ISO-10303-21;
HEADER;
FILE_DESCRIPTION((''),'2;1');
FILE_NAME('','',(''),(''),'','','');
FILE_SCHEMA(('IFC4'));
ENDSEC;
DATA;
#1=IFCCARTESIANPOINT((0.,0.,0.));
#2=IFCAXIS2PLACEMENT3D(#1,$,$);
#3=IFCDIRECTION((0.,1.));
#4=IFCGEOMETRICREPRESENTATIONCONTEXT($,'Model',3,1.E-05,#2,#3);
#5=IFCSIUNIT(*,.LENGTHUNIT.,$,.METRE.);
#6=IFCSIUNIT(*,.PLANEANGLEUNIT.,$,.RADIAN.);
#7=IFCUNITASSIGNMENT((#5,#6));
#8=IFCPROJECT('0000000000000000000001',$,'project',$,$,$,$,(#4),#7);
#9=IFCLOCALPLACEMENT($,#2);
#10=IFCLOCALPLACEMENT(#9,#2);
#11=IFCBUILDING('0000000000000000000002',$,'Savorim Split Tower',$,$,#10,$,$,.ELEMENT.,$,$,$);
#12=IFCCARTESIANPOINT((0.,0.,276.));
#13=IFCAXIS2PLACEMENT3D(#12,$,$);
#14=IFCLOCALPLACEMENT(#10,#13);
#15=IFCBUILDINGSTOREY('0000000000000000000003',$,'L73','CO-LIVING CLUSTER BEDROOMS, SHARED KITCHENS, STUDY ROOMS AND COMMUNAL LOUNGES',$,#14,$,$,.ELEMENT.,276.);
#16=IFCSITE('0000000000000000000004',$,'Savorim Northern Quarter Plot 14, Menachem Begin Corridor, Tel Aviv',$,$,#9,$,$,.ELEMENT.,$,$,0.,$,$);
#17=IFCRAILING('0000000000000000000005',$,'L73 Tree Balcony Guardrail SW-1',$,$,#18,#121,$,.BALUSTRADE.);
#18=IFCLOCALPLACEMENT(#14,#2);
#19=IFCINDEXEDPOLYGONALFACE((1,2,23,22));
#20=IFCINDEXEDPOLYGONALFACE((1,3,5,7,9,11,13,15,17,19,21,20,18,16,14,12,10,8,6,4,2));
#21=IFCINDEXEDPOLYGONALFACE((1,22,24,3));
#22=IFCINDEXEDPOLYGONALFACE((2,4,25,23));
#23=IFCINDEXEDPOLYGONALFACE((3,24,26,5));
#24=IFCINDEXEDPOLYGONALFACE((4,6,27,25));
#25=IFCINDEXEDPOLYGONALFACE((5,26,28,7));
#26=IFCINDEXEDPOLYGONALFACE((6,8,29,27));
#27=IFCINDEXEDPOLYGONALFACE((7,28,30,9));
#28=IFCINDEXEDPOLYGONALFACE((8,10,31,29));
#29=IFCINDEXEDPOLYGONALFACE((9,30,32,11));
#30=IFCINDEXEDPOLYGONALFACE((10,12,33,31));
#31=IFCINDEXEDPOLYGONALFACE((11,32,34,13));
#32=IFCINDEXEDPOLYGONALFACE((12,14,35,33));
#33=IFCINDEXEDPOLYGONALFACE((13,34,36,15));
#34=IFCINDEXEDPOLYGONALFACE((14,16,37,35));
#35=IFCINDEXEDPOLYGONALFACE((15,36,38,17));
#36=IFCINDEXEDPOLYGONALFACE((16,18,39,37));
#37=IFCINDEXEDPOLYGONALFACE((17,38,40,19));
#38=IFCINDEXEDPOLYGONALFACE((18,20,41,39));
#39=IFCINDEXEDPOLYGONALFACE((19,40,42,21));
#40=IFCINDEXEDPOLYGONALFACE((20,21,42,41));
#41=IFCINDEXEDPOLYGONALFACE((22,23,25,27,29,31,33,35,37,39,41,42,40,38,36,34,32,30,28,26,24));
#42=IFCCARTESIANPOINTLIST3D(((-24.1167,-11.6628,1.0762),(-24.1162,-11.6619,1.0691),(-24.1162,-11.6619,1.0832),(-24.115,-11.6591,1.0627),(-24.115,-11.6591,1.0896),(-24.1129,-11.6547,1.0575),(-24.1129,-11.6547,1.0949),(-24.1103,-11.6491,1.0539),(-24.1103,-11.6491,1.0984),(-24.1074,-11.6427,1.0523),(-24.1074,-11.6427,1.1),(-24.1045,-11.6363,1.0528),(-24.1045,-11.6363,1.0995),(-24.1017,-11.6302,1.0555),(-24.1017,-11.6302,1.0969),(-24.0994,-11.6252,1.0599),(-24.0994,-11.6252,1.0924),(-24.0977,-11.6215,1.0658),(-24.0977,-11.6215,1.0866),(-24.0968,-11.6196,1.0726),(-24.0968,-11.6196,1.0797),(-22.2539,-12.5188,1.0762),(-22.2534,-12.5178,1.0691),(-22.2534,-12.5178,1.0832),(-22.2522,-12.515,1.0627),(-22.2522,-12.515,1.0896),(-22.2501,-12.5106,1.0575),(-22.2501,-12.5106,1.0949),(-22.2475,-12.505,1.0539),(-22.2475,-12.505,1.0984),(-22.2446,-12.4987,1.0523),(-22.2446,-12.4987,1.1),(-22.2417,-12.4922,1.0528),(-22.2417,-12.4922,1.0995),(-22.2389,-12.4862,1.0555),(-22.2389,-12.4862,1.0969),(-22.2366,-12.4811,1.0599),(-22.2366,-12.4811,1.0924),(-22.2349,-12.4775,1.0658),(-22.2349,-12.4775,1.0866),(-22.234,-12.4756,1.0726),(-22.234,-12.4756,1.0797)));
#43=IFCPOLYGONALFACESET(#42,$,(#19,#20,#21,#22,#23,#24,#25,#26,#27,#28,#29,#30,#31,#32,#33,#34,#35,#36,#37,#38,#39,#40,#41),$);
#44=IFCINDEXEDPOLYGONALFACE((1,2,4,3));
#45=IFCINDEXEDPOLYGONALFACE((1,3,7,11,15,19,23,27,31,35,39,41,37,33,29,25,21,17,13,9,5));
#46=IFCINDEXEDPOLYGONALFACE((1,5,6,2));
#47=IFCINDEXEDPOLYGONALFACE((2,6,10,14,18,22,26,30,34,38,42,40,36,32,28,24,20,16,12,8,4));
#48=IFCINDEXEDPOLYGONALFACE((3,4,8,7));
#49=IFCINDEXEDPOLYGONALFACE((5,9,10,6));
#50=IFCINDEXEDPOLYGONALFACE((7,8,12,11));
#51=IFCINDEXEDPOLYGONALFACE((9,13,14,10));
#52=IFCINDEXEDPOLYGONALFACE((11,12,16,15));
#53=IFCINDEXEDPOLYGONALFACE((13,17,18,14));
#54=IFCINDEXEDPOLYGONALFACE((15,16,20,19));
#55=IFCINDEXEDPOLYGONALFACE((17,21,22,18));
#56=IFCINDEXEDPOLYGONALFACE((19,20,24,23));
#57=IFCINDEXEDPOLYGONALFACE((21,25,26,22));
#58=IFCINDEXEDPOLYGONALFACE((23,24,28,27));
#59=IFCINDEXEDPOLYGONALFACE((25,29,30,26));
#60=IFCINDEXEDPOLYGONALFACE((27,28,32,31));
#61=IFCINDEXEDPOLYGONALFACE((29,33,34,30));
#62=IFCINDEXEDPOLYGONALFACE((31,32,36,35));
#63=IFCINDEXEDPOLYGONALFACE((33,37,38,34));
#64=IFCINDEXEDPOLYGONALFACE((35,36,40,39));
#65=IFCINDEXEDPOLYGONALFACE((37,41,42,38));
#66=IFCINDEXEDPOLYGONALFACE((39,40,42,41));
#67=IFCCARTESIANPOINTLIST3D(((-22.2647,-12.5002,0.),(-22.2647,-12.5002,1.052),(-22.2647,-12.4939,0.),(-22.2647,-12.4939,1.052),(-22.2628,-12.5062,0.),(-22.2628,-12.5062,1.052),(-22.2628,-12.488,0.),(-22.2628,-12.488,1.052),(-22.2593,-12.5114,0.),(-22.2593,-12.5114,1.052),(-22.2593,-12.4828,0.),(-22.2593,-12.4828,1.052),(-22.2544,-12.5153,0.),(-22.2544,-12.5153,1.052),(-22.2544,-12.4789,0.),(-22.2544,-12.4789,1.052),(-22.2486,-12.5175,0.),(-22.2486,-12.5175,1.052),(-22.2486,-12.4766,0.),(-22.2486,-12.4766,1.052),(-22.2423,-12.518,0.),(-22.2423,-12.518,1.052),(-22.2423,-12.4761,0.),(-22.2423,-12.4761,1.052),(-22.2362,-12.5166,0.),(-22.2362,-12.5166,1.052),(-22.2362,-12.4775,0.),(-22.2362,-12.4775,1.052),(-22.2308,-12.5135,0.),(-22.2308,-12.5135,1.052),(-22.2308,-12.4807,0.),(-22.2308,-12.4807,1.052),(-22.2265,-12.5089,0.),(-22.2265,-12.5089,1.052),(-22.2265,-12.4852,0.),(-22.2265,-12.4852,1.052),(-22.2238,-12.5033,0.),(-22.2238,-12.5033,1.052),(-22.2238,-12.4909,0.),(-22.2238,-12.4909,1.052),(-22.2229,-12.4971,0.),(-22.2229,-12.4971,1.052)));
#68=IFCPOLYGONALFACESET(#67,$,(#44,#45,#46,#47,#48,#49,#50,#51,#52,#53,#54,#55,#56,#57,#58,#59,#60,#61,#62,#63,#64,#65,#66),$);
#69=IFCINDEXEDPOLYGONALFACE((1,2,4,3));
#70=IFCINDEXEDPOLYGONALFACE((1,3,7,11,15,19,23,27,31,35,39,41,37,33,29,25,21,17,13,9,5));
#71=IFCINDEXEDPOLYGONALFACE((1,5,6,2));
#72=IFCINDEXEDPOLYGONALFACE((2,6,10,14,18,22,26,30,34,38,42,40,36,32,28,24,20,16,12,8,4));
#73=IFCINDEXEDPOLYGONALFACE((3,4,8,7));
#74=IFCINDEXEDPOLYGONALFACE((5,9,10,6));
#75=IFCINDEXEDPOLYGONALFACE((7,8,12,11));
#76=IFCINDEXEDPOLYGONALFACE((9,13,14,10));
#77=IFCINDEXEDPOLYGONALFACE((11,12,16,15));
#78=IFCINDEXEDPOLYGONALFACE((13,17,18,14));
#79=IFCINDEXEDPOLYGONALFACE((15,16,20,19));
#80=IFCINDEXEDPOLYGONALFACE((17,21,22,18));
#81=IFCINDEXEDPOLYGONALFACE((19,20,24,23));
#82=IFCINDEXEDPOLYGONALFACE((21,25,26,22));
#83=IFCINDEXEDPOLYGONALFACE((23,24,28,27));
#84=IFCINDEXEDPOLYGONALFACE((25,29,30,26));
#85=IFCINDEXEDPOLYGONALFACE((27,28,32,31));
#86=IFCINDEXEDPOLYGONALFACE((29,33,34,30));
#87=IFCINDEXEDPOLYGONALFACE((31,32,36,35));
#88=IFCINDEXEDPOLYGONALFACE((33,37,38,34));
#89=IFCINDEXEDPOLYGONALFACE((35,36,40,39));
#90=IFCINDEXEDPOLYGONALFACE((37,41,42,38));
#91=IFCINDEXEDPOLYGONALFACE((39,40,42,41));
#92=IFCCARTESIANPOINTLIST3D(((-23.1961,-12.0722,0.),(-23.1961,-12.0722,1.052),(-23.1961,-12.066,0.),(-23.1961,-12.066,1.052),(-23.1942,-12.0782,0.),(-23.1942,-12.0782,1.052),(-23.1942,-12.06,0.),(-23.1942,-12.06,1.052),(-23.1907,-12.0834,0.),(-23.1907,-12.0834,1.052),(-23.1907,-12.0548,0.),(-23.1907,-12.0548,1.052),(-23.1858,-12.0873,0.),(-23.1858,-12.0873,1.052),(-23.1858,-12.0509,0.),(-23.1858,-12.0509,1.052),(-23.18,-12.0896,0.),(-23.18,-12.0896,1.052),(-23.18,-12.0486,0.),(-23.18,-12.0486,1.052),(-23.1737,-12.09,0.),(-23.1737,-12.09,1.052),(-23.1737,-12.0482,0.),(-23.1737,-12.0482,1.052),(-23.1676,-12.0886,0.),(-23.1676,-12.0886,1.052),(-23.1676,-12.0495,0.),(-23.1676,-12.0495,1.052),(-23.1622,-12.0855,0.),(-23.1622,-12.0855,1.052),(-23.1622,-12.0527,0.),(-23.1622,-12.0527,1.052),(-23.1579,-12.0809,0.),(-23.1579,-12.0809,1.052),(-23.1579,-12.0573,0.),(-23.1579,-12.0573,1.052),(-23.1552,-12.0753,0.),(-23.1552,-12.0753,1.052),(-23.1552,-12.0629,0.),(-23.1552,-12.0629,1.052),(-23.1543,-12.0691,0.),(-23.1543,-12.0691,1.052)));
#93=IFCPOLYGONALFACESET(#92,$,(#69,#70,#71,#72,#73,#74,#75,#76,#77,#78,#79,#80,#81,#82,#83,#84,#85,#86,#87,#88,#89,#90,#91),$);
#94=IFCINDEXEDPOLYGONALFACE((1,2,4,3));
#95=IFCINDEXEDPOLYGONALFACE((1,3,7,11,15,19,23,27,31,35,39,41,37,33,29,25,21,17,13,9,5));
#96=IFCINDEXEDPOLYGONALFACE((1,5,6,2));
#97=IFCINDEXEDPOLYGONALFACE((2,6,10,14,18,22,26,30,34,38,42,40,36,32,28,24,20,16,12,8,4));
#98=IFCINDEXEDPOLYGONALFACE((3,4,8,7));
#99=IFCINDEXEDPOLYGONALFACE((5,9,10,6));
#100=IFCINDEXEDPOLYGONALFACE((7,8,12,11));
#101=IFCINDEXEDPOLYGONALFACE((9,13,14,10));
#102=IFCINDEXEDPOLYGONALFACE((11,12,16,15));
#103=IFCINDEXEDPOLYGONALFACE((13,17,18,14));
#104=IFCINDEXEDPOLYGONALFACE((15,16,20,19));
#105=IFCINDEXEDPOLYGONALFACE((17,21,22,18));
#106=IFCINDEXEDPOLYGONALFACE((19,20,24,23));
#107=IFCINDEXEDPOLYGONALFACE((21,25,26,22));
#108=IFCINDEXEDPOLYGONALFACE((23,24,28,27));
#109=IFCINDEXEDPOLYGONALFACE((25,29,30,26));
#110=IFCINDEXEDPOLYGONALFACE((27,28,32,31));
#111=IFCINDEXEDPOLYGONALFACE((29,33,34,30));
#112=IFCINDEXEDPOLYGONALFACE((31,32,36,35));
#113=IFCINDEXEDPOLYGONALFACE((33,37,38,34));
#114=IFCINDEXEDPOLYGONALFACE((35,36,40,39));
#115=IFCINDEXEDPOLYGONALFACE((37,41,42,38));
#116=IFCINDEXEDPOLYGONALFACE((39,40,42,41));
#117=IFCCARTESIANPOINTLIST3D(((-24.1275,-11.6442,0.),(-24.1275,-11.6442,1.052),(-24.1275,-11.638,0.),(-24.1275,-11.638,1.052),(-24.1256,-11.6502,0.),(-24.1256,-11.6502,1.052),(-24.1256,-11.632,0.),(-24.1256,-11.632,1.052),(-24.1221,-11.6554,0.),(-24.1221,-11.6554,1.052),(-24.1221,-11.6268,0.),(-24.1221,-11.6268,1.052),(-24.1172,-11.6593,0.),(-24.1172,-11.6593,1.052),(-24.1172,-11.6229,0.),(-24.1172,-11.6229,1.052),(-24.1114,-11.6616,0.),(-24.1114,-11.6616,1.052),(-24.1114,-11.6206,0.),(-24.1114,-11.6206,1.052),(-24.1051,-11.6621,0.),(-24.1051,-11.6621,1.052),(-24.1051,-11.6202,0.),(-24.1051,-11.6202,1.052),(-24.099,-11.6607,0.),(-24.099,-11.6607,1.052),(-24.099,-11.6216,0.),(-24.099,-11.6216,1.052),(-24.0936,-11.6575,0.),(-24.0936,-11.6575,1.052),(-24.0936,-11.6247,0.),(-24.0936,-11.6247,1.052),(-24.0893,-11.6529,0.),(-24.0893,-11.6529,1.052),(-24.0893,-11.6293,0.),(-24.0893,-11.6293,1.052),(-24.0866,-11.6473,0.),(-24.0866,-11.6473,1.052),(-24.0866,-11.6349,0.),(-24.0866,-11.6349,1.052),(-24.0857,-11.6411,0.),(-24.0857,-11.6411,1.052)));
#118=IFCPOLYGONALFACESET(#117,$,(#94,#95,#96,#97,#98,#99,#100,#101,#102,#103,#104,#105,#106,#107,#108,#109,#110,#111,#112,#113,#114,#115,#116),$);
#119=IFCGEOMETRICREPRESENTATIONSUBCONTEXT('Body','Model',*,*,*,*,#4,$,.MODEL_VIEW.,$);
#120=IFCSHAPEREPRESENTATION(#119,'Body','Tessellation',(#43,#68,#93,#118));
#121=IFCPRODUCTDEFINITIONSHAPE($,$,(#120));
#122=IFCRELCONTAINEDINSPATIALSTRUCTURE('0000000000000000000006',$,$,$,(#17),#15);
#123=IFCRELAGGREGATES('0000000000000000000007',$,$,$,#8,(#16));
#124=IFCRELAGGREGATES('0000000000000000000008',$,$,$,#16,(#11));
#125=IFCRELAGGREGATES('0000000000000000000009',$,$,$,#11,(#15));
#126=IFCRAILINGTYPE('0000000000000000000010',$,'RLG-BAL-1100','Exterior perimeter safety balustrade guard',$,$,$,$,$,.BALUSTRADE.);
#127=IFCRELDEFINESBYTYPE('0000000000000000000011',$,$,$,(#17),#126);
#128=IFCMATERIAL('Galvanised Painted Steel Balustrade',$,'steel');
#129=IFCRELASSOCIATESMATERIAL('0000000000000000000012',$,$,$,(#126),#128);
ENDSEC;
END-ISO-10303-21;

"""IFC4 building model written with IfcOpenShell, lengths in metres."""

from ifc_helpers import new_model, si_unit, direction, frame, origin, origin_2d, place, context, subcontext, project, spatial, circle, extrude, material, type_object, element, save


model = new_model("IFC4")

# Units and contexts
model_context = context("Model", 3, precision=1e-05, world=origin(), true_north=direction((0.0, 1.0)))
body_context = subcontext(model_context, "Body", "Model", "MODEL_VIEW")
ifc_project = project(units=[si_unit("LENGTHUNIT", "METRE"), si_unit("PLANEANGLEUNIT", "RADIAN")], contexts=[model_context])

# Site, building, storey
site_placement = place(None, origin())
site = spatial("IfcSite", under=ifc_project, at=site_placement, Name="Savorim Northern Quarter Plot 14, Menachem Begin Corridor, Tel Aviv", CompositionType="ELEMENT", RefElevation=0.0)
building_placement = place(site_placement, origin())
building = spatial("IfcBuilding", under=site, at=building_placement, Name="Savorim Split Tower", CompositionType="ELEMENT")
storey_placement = place(building_placement, frame((0.0, 0.0, 276.0)))
storey = spatial("IfcBuildingStorey", under=building, at=storey_placement, Name="L73", Description="CO-LIVING CLUSTER BEDROOMS, SHARED KITCHENS, STUDY ROOMS AND COMMUNAL LOUNGES", CompositionType="ELEMENT", Elevation=276.0)

# Railing
ifc_material_1 = material(Name="Galvanised Painted Steel Balustrade", Category="steel")
railing_type = type_object("IfcRailingType", Name="RLG-BAL-1100", Description="Exterior perimeter safety balustrade guard", PredefinedType="BALUSTRADE", material=ifc_material_1)
railing_1_placement = place(storey_placement, frame((-22.2439, -12.4971, 0.0)))
element("IfcRailing", 1, at=railing_1_placement, inside=storey, type_object=railing_type, Name="L73 Tree Balcony Guardrail SW-1", PredefinedType="BALUSTRADE", context=body_context, shape_type="SweptSolid", body=[
    extrude(circle(Radius=0.0239, at=origin_2d()), frame((0.0, 0.0, 1.0762), z_axis=(-0.908662, 0.417532, 0.0), x_axis=(-0.417532, -0.908662, 0.0)), (0.0, 0.0, 1.0), 2.05),
    extrude(circle(Radius=0.021, at=origin_2d()), origin(), (0.0, 0.0, 1.0), 1.052),
    extrude(circle(Radius=0.021, at=origin_2d()), frame((-0.9314, 0.428, 0.0)), (0.0, 0.0, 1.0), 1.052),
    extrude(circle(Radius=0.021, at=origin_2d()), frame((-1.8628, 0.856, 0.0)), (0.0, 0.0, 1.0), 1.052),
])

save(model, "model.ifc")
